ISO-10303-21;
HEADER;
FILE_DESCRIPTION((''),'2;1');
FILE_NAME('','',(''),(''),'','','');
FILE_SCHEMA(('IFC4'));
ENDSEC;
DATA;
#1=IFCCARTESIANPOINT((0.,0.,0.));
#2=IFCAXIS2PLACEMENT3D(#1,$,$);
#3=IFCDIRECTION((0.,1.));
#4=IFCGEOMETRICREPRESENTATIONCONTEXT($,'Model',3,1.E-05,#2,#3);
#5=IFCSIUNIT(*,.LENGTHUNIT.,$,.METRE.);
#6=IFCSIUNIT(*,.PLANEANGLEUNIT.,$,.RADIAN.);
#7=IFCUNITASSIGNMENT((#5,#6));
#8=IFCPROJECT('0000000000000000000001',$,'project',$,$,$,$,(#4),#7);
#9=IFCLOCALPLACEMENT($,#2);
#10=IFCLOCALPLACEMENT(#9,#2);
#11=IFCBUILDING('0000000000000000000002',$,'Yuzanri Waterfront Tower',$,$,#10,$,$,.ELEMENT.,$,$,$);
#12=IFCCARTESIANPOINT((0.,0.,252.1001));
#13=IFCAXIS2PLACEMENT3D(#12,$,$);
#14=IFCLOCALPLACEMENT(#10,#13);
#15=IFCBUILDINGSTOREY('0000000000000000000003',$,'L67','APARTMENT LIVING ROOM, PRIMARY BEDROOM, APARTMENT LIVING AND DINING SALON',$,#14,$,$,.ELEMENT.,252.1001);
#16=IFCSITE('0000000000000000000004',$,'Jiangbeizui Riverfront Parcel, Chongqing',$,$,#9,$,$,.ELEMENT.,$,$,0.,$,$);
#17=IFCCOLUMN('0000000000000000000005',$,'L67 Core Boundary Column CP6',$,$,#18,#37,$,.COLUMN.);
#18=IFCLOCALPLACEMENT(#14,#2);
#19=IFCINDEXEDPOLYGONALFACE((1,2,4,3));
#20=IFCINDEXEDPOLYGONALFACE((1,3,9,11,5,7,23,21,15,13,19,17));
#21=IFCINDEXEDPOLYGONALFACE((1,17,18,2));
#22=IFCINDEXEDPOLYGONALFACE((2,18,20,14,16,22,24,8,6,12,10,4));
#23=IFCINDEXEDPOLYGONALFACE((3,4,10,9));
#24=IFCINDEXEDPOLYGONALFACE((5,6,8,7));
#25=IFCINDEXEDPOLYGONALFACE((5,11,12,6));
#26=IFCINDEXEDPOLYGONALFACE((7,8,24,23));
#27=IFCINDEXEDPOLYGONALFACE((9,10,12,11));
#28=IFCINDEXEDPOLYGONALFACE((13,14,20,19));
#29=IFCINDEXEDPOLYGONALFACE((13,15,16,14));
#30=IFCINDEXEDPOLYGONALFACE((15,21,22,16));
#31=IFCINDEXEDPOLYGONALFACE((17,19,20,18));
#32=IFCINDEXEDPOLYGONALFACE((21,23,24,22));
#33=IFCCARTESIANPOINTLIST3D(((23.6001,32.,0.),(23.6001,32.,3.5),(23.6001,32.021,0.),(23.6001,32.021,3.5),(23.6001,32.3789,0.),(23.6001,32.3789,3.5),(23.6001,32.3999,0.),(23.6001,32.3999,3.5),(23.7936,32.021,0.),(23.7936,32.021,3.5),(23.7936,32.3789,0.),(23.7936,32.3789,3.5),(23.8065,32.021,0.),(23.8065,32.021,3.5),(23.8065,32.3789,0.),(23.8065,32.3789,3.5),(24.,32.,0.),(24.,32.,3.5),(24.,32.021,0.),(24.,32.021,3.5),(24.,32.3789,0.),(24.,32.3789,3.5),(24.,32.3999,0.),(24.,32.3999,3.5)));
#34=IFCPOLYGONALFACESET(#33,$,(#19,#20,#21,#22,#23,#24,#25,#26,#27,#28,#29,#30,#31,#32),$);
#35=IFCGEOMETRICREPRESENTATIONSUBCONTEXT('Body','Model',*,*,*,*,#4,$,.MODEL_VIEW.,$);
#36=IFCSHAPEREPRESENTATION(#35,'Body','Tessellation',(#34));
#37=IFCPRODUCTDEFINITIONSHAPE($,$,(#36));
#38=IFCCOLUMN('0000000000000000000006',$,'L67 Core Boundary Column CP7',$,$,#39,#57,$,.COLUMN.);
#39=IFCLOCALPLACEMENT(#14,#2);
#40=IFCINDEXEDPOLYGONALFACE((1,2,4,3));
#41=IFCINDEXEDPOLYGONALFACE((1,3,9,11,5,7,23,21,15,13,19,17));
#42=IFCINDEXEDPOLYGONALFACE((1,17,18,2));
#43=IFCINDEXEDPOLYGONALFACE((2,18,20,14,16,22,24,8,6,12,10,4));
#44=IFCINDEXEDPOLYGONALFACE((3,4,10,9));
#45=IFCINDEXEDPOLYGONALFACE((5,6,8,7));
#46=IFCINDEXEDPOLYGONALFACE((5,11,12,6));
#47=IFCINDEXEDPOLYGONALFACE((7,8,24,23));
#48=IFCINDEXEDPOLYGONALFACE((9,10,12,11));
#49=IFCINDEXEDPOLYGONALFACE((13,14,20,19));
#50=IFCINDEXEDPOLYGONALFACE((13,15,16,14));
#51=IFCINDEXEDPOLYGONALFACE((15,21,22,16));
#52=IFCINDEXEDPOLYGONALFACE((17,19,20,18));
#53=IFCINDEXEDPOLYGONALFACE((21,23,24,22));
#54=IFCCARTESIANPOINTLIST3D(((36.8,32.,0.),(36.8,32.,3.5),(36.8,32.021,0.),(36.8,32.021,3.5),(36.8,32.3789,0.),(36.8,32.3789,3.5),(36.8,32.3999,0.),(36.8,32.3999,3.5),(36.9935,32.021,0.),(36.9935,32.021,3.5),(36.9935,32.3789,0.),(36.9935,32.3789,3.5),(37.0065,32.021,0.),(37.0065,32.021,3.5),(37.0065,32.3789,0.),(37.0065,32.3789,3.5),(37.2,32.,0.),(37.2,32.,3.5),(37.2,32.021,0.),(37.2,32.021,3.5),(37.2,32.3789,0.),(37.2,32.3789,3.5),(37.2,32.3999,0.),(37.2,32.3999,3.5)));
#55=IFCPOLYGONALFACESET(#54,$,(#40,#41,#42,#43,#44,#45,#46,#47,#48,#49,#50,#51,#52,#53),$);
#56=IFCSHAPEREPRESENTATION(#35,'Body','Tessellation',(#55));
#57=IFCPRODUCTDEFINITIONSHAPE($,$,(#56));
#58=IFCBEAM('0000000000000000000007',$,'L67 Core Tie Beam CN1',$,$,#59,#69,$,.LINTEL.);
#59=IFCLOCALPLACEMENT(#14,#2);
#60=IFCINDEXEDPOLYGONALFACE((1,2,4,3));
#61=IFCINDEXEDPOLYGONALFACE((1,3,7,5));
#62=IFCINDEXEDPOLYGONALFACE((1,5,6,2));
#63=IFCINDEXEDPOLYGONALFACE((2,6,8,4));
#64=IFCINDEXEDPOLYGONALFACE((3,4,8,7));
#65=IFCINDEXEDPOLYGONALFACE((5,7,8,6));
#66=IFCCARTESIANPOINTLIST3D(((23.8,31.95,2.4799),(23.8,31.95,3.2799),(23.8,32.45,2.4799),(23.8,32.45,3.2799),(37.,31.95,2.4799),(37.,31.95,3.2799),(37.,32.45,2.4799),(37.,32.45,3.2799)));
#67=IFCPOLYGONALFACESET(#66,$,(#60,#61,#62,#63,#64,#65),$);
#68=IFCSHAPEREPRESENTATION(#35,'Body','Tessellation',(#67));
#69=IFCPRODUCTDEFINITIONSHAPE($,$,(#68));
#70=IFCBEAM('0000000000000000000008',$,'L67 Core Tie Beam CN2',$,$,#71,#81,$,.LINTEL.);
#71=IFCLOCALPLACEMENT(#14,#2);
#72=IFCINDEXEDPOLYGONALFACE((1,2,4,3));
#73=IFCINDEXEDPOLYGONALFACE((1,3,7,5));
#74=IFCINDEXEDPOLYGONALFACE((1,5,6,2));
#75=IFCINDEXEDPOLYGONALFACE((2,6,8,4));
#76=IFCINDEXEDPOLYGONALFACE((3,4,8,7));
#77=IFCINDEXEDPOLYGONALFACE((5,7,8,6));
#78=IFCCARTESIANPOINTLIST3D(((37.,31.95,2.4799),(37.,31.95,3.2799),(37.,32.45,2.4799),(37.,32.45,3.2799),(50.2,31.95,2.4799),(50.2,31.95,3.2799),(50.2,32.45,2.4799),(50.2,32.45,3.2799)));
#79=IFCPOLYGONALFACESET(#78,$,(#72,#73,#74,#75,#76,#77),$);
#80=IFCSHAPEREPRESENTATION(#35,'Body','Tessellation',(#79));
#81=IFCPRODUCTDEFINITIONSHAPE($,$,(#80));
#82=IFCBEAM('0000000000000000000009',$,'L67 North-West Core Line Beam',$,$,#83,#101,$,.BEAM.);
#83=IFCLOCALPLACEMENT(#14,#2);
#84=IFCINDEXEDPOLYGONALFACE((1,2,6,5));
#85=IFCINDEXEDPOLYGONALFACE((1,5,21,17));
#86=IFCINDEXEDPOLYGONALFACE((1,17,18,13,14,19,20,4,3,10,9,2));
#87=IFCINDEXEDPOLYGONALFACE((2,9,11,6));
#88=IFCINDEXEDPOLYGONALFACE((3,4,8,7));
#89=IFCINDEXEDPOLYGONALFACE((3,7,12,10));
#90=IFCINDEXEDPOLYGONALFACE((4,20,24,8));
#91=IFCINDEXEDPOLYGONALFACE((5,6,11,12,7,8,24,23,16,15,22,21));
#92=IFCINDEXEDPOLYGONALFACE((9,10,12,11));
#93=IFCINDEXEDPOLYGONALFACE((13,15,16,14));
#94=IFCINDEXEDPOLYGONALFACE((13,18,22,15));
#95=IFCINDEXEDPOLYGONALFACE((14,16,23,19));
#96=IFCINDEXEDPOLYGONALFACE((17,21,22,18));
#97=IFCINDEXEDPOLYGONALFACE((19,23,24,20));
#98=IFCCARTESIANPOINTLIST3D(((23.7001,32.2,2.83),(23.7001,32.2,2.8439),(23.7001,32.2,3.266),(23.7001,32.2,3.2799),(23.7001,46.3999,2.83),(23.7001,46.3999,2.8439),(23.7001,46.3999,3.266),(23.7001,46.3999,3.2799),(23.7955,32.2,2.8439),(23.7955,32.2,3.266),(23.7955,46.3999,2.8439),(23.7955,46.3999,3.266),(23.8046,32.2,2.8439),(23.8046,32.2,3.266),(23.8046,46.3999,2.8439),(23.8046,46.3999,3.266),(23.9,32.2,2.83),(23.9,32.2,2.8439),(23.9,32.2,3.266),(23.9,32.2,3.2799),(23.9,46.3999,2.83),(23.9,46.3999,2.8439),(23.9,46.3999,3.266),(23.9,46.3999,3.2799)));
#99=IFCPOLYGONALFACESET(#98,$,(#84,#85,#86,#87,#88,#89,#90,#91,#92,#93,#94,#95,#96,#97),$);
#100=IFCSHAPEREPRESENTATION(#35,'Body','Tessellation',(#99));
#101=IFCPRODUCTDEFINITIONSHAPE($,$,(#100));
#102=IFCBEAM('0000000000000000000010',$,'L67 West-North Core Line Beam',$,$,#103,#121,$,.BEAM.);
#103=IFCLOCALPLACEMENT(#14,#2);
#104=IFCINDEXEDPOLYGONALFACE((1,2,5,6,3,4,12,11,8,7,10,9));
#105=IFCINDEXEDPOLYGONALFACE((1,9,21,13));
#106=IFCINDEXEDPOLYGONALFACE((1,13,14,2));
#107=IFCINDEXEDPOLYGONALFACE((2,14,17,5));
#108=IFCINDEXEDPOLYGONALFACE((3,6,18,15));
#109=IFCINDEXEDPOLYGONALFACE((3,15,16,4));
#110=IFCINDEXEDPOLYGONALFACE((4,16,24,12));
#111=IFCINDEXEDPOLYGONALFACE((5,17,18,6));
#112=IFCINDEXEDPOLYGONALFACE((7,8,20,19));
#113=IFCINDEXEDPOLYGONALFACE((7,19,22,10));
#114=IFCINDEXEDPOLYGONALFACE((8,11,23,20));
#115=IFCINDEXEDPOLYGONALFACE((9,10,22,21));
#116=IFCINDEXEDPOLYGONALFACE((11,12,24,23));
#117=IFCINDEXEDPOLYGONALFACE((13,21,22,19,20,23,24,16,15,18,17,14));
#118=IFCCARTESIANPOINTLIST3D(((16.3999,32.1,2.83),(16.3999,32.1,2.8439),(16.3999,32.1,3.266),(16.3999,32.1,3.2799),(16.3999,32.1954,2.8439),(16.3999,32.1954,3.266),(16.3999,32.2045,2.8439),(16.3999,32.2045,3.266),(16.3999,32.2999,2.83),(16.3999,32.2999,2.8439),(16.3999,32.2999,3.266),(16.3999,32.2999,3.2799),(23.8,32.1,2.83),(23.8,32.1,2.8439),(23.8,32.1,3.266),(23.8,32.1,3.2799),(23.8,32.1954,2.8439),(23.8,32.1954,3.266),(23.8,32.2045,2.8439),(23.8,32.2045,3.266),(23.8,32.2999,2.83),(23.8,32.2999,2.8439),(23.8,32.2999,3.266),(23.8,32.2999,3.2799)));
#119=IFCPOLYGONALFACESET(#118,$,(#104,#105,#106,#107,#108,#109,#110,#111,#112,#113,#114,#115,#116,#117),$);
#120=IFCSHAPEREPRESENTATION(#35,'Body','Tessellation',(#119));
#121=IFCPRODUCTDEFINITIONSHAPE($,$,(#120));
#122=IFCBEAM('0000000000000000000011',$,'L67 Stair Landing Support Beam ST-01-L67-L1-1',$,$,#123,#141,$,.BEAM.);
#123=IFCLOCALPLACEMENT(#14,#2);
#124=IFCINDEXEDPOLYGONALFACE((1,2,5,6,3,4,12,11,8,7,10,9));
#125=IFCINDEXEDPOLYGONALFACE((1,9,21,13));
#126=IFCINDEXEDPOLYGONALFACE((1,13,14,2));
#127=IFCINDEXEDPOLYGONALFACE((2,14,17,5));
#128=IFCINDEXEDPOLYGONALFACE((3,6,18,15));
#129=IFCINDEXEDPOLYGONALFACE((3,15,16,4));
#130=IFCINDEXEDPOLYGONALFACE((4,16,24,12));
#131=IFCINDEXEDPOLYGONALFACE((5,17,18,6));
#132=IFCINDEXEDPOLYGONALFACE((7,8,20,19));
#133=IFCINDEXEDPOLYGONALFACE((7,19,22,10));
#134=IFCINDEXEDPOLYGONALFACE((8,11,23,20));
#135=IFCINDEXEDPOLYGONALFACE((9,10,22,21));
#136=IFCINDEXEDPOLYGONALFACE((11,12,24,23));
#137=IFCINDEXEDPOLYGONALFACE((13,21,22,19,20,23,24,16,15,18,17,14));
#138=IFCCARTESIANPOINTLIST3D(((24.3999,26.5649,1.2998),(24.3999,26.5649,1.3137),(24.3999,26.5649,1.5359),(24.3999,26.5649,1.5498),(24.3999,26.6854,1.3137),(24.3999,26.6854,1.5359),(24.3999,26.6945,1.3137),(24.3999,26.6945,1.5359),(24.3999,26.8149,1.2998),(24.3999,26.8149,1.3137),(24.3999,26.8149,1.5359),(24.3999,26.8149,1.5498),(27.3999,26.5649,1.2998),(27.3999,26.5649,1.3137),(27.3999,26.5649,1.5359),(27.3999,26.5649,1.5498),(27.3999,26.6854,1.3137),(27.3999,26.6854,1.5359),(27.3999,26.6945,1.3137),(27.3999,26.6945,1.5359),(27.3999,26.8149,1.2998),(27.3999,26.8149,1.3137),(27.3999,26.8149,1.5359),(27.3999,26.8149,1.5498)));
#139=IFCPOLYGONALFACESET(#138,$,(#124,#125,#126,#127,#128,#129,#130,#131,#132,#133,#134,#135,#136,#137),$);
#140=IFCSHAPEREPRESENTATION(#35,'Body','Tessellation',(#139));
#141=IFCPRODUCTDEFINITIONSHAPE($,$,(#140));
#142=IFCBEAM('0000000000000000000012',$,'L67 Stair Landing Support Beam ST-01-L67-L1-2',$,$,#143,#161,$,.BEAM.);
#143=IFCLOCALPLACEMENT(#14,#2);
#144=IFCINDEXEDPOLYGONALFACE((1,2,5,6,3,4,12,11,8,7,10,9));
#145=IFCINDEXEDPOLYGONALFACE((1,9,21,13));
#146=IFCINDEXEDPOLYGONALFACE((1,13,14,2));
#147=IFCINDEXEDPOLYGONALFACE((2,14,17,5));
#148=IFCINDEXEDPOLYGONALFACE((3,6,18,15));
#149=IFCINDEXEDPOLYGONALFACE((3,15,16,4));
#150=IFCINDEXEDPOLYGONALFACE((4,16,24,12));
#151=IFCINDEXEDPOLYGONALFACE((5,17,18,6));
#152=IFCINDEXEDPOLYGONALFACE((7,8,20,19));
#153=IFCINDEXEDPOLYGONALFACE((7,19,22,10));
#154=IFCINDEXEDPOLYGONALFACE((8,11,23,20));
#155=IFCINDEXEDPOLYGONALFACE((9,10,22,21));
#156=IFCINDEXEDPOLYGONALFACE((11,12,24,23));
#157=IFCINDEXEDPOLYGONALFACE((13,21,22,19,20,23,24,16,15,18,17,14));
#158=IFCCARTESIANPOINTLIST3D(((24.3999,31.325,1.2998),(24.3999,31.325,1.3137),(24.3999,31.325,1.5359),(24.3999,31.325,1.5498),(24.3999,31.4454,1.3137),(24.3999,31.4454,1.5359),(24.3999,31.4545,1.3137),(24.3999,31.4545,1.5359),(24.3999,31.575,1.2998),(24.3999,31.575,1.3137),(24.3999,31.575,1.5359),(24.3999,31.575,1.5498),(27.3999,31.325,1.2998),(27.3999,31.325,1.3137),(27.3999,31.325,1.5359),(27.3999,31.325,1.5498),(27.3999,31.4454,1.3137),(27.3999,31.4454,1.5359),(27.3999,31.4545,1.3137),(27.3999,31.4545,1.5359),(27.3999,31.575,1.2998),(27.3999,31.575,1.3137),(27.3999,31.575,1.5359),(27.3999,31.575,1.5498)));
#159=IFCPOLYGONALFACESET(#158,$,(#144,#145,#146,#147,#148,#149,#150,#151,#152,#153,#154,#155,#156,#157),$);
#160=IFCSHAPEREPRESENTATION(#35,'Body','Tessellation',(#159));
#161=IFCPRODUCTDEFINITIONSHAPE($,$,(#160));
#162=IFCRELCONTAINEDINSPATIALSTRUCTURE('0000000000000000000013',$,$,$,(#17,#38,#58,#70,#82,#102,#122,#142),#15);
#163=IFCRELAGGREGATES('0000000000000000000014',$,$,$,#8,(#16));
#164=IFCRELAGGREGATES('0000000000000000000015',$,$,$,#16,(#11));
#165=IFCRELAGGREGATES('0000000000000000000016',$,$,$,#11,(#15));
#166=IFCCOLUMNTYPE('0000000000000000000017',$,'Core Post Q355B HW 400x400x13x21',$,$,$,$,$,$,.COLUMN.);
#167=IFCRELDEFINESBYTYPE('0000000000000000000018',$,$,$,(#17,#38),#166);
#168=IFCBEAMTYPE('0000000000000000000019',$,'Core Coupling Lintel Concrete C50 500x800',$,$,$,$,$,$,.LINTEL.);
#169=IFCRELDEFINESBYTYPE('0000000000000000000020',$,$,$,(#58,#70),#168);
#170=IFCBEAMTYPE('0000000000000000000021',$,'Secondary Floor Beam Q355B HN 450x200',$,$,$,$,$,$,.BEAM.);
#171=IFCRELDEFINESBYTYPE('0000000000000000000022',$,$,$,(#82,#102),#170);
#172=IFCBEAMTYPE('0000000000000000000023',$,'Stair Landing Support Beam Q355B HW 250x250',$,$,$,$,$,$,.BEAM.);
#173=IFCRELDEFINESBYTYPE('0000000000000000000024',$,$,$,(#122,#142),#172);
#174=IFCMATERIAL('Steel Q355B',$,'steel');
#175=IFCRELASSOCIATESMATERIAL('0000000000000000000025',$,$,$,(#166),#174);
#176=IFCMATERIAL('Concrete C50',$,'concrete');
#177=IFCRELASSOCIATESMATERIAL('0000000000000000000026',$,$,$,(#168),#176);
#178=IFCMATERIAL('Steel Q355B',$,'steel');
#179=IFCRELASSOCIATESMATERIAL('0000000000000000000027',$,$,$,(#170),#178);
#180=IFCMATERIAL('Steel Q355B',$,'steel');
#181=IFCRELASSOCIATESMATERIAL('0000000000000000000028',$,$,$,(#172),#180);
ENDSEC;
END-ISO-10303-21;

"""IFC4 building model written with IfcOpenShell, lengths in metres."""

from ifc_helpers import new_model, si_unit, direction, frame, origin, origin_2d, place, context, subcontext, project, spatial, rectangle, i_section, extrude, source, transform, mapped, material, material_profile, profile_set, type_object, element, save


model = new_model("IFC4")

# Units and contexts
model_context = context("Model", 3, precision=1e-05, world=origin(), true_north=direction((0.0, 1.0)))
body_context = subcontext(model_context, "Body", "Model", "MODEL_VIEW")
ifc_project = project(units=[si_unit("LENGTHUNIT", "METRE"), si_unit("PLANEANGLEUNIT", "RADIAN")], contexts=[model_context])

# Site, building, storey
site_placement = place(None, origin())
site = spatial("IfcSite", under=ifc_project, at=site_placement, Name="Jiangbeizui Riverfront Parcel, Chongqing", CompositionType="ELEMENT", RefElevation=0.0)
building_placement = place(site_placement, origin())
building = spatial("IfcBuilding", under=site, at=building_placement, Name="Yuzanri Waterfront Tower", CompositionType="ELEMENT")
storey_placement = place(building_placement, frame((0.0, 0.0, 252.1001)))
storey = spatial("IfcBuildingStorey", under=building, at=storey_placement, Name="L67", Description="APARTMENT LIVING ROOM, PRIMARY BEDROOM, APARTMENT LIVING AND DINING SALON", CompositionType="ELEMENT", Elevation=252.1001)

# Columns
ifc_material_1 = material(Name="Steel Q355B", Category="steel")
ifc_material_profile_1 = material_profile(ifc_material_1, i_section(OverallWidth=0.3999, OverallDepth=0.3999, WebThickness=0.0129, FlangeThickness=0.021, at=origin_2d()), Name="HW 400x400x13x21")
ifc_profile_set_1 = profile_set([ifc_material_profile_1], Name="Steel Q355B")
column_type = type_object("IfcColumnType", Name="Core Post Q355B HW 400x400x13x21", PredefinedType="COLUMN", material=ifc_profile_set_1)
shared_shape_1 = source(origin(), body_context, "Body", "SweptSolid", [
    extrude(i_section(OverallWidth=0.3999, OverallDepth=0.3999, WebThickness=0.0129, FlangeThickness=0.021, at=origin_2d()), origin(), (0.0, 0.0, 1.0), 3.5),
])
for number, where, z_axis, x_axis, name in (
    (1, (23.8, 32.2, 0.0), (0.0, 0.0, 1.0), (1.0, 0.0, 0.0), "L67 Core Boundary Column CP6"),
    (2, (37.0, 32.2, 0.0), (0.0, 0.0, 1.0), (1.0, 0.0, 0.0), "L67 Core Boundary Column CP7"),
):
    element("IfcColumn", number, at=place(storey_placement, frame(where, z_axis=z_axis, x_axis=x_axis)), inside=storey, type_object=column_type, Name=name, PredefinedType="COLUMN", context=body_context, shape_type="MappedRepresentation", body=[
        mapped(shared_shape_1, transform((0.0, 0.0, 0.0), scale=1.0)),
    ])

# Beams
ifc_material_2 = material(Name="Concrete C50", Category="concrete")
ifc_material_profile_2 = material_profile(ifc_material_2, rectangle(XDim=0.5, YDim=0.8, at=origin_2d()), Name="RC 500x800")
ifc_profile_set_2 = profile_set([ifc_material_profile_2], Name="Concrete C50")
beam_type_1 = type_object("IfcBeamType", Name="Core Coupling Lintel Concrete C50 500x800", PredefinedType="LINTEL", material=ifc_profile_set_2)
shared_shape_2 = source(origin(), body_context, "Body", "SweptSolid", [
    extrude(rectangle(XDim=0.5, YDim=0.8, at=origin_2d()), origin(), (0.0, 0.0, 1.0), 13.2),
])
for number, where, z_axis, x_axis, name in (
    (3, (23.8, 32.2, 2.8799), (1.0, 0.0, 0.0), (0.0, 1.0, 0.0), "L67 Core Tie Beam CN1"),
    (4, (37.0, 32.2, 2.8799), (1.0, 0.0, 0.0), (0.0, 1.0, 0.0), "L67 Core Tie Beam CN2"),
):
    element("IfcBeam", number, at=place(storey_placement, frame(where, z_axis=z_axis, x_axis=x_axis)), inside=storey, type_object=beam_type_1, Name=name, PredefinedType="LINTEL", context=body_context, shape_type="MappedRepresentation", body=[
        mapped(shared_shape_2, transform((0.0, 0.0, 0.0), scale=1.0)),
    ])
ifc_material_3 = material(Name="Steel Q355B", Category="steel")
ifc_material_profile_3 = material_profile(ifc_material_3, i_section(OverallWidth=0.2, OverallDepth=0.45, WebThickness=0.009, FlangeThickness=0.0139, at=origin_2d()), Name="HN 450x200x9x14")
ifc_profile_set_3 = profile_set([ifc_material_profile_3], Name="Steel Q355B")
beam_type_2 = type_object("IfcBeamType", Name="Secondary Floor Beam Q355B HN 450x200", PredefinedType="BEAM", material=ifc_profile_set_3)
shared_shape_3 = source(origin(), body_context, "Body", "SweptSolid", [
    extrude(i_section(OverallWidth=0.2, OverallDepth=0.45, WebThickness=0.009, FlangeThickness=0.0139, at=origin_2d()), origin(), (0.0, 0.0, 1.0), 14.2),
])
beam_1_placement = place(storey_placement, frame((23.8, 32.2, 3.0549), z_axis=(0.0, 1.0, 0.0), x_axis=(-1.0, 0.0, 0.0)))
element("IfcBeam", 5, at=beam_1_placement, inside=storey, type_object=beam_type_2, Name="L67 North-West Core Line Beam", PredefinedType="BEAM", context=body_context, shape_type="MappedRepresentation", body=[
    mapped(shared_shape_3, transform((0.0, 0.0, 0.0), scale=1.0)),
])
shared_shape_4 = source(origin(), body_context, "Body", "SweptSolid", [
    extrude(i_section(OverallWidth=0.2, OverallDepth=0.45, WebThickness=0.009, FlangeThickness=0.0139, at=origin_2d()), origin(), (0.0, 0.0, 1.0), 7.4001),
])
beam_2_placement = place(storey_placement, frame((23.8, 32.2, 3.0549), z_axis=(-1.0, 0.0, 0.0), x_axis=(0.0, -1.0, 0.0)))
element("IfcBeam", 6, at=beam_2_placement, inside=storey, type_object=beam_type_2, Name="L67 West-North Core Line Beam", PredefinedType="BEAM", context=body_context, shape_type="MappedRepresentation", body=[
    mapped(shared_shape_4, transform((0.0, 0.0, 0.0), scale=1.0)),
])
ifc_material_4 = material(Name="Steel Q355B", Category="steel")
ifc_material_profile_4 = material_profile(ifc_material_4, i_section(OverallWidth=0.25, OverallDepth=0.25, WebThickness=0.009, FlangeThickness=0.0139, at=origin_2d()), Name="HW 250x250x9x14")
ifc_profile_set_4 = profile_set([ifc_material_profile_4], Name="Steel Q355B")
beam_type_3 = type_object("IfcBeamType", Name="Stair Landing Support Beam Q355B HW 250x250", PredefinedType="BEAM", material=ifc_profile_set_4)
shared_shape_5 = source(origin(), body_context, "Body", "SweptSolid", [
    extrude(i_section(OverallWidth=0.25, OverallDepth=0.25, WebThickness=0.009, FlangeThickness=0.0139, at=origin_2d()), origin(), (0.0, 0.0, 1.0), 3.0),
])
for number, where, z_axis, x_axis, name in (
    (7, (24.3999, 26.6899, 1.4248), (1.0, 0.0, 0.0), (0.0, 1.0, 0.0), "L67 Stair Landing Support Beam ST-01-L67-L1-1"),
    (8, (24.3999, 31.45, 1.4248), (1.0, 0.0, 0.0), (0.0, 1.0, 0.0), "L67 Stair Landing Support Beam ST-01-L67-L1-2"),
):
    element("IfcBeam", number, at=place(storey_placement, frame(where, z_axis=z_axis, x_axis=x_axis)), inside=storey, type_object=beam_type_3, Name=name, PredefinedType="BEAM", context=body_context, shape_type="MappedRepresentation", body=[
        mapped(shared_shape_5, transform((0.0, 0.0, 0.0), scale=1.0)),
    ])

save(model, "model.ifc")
